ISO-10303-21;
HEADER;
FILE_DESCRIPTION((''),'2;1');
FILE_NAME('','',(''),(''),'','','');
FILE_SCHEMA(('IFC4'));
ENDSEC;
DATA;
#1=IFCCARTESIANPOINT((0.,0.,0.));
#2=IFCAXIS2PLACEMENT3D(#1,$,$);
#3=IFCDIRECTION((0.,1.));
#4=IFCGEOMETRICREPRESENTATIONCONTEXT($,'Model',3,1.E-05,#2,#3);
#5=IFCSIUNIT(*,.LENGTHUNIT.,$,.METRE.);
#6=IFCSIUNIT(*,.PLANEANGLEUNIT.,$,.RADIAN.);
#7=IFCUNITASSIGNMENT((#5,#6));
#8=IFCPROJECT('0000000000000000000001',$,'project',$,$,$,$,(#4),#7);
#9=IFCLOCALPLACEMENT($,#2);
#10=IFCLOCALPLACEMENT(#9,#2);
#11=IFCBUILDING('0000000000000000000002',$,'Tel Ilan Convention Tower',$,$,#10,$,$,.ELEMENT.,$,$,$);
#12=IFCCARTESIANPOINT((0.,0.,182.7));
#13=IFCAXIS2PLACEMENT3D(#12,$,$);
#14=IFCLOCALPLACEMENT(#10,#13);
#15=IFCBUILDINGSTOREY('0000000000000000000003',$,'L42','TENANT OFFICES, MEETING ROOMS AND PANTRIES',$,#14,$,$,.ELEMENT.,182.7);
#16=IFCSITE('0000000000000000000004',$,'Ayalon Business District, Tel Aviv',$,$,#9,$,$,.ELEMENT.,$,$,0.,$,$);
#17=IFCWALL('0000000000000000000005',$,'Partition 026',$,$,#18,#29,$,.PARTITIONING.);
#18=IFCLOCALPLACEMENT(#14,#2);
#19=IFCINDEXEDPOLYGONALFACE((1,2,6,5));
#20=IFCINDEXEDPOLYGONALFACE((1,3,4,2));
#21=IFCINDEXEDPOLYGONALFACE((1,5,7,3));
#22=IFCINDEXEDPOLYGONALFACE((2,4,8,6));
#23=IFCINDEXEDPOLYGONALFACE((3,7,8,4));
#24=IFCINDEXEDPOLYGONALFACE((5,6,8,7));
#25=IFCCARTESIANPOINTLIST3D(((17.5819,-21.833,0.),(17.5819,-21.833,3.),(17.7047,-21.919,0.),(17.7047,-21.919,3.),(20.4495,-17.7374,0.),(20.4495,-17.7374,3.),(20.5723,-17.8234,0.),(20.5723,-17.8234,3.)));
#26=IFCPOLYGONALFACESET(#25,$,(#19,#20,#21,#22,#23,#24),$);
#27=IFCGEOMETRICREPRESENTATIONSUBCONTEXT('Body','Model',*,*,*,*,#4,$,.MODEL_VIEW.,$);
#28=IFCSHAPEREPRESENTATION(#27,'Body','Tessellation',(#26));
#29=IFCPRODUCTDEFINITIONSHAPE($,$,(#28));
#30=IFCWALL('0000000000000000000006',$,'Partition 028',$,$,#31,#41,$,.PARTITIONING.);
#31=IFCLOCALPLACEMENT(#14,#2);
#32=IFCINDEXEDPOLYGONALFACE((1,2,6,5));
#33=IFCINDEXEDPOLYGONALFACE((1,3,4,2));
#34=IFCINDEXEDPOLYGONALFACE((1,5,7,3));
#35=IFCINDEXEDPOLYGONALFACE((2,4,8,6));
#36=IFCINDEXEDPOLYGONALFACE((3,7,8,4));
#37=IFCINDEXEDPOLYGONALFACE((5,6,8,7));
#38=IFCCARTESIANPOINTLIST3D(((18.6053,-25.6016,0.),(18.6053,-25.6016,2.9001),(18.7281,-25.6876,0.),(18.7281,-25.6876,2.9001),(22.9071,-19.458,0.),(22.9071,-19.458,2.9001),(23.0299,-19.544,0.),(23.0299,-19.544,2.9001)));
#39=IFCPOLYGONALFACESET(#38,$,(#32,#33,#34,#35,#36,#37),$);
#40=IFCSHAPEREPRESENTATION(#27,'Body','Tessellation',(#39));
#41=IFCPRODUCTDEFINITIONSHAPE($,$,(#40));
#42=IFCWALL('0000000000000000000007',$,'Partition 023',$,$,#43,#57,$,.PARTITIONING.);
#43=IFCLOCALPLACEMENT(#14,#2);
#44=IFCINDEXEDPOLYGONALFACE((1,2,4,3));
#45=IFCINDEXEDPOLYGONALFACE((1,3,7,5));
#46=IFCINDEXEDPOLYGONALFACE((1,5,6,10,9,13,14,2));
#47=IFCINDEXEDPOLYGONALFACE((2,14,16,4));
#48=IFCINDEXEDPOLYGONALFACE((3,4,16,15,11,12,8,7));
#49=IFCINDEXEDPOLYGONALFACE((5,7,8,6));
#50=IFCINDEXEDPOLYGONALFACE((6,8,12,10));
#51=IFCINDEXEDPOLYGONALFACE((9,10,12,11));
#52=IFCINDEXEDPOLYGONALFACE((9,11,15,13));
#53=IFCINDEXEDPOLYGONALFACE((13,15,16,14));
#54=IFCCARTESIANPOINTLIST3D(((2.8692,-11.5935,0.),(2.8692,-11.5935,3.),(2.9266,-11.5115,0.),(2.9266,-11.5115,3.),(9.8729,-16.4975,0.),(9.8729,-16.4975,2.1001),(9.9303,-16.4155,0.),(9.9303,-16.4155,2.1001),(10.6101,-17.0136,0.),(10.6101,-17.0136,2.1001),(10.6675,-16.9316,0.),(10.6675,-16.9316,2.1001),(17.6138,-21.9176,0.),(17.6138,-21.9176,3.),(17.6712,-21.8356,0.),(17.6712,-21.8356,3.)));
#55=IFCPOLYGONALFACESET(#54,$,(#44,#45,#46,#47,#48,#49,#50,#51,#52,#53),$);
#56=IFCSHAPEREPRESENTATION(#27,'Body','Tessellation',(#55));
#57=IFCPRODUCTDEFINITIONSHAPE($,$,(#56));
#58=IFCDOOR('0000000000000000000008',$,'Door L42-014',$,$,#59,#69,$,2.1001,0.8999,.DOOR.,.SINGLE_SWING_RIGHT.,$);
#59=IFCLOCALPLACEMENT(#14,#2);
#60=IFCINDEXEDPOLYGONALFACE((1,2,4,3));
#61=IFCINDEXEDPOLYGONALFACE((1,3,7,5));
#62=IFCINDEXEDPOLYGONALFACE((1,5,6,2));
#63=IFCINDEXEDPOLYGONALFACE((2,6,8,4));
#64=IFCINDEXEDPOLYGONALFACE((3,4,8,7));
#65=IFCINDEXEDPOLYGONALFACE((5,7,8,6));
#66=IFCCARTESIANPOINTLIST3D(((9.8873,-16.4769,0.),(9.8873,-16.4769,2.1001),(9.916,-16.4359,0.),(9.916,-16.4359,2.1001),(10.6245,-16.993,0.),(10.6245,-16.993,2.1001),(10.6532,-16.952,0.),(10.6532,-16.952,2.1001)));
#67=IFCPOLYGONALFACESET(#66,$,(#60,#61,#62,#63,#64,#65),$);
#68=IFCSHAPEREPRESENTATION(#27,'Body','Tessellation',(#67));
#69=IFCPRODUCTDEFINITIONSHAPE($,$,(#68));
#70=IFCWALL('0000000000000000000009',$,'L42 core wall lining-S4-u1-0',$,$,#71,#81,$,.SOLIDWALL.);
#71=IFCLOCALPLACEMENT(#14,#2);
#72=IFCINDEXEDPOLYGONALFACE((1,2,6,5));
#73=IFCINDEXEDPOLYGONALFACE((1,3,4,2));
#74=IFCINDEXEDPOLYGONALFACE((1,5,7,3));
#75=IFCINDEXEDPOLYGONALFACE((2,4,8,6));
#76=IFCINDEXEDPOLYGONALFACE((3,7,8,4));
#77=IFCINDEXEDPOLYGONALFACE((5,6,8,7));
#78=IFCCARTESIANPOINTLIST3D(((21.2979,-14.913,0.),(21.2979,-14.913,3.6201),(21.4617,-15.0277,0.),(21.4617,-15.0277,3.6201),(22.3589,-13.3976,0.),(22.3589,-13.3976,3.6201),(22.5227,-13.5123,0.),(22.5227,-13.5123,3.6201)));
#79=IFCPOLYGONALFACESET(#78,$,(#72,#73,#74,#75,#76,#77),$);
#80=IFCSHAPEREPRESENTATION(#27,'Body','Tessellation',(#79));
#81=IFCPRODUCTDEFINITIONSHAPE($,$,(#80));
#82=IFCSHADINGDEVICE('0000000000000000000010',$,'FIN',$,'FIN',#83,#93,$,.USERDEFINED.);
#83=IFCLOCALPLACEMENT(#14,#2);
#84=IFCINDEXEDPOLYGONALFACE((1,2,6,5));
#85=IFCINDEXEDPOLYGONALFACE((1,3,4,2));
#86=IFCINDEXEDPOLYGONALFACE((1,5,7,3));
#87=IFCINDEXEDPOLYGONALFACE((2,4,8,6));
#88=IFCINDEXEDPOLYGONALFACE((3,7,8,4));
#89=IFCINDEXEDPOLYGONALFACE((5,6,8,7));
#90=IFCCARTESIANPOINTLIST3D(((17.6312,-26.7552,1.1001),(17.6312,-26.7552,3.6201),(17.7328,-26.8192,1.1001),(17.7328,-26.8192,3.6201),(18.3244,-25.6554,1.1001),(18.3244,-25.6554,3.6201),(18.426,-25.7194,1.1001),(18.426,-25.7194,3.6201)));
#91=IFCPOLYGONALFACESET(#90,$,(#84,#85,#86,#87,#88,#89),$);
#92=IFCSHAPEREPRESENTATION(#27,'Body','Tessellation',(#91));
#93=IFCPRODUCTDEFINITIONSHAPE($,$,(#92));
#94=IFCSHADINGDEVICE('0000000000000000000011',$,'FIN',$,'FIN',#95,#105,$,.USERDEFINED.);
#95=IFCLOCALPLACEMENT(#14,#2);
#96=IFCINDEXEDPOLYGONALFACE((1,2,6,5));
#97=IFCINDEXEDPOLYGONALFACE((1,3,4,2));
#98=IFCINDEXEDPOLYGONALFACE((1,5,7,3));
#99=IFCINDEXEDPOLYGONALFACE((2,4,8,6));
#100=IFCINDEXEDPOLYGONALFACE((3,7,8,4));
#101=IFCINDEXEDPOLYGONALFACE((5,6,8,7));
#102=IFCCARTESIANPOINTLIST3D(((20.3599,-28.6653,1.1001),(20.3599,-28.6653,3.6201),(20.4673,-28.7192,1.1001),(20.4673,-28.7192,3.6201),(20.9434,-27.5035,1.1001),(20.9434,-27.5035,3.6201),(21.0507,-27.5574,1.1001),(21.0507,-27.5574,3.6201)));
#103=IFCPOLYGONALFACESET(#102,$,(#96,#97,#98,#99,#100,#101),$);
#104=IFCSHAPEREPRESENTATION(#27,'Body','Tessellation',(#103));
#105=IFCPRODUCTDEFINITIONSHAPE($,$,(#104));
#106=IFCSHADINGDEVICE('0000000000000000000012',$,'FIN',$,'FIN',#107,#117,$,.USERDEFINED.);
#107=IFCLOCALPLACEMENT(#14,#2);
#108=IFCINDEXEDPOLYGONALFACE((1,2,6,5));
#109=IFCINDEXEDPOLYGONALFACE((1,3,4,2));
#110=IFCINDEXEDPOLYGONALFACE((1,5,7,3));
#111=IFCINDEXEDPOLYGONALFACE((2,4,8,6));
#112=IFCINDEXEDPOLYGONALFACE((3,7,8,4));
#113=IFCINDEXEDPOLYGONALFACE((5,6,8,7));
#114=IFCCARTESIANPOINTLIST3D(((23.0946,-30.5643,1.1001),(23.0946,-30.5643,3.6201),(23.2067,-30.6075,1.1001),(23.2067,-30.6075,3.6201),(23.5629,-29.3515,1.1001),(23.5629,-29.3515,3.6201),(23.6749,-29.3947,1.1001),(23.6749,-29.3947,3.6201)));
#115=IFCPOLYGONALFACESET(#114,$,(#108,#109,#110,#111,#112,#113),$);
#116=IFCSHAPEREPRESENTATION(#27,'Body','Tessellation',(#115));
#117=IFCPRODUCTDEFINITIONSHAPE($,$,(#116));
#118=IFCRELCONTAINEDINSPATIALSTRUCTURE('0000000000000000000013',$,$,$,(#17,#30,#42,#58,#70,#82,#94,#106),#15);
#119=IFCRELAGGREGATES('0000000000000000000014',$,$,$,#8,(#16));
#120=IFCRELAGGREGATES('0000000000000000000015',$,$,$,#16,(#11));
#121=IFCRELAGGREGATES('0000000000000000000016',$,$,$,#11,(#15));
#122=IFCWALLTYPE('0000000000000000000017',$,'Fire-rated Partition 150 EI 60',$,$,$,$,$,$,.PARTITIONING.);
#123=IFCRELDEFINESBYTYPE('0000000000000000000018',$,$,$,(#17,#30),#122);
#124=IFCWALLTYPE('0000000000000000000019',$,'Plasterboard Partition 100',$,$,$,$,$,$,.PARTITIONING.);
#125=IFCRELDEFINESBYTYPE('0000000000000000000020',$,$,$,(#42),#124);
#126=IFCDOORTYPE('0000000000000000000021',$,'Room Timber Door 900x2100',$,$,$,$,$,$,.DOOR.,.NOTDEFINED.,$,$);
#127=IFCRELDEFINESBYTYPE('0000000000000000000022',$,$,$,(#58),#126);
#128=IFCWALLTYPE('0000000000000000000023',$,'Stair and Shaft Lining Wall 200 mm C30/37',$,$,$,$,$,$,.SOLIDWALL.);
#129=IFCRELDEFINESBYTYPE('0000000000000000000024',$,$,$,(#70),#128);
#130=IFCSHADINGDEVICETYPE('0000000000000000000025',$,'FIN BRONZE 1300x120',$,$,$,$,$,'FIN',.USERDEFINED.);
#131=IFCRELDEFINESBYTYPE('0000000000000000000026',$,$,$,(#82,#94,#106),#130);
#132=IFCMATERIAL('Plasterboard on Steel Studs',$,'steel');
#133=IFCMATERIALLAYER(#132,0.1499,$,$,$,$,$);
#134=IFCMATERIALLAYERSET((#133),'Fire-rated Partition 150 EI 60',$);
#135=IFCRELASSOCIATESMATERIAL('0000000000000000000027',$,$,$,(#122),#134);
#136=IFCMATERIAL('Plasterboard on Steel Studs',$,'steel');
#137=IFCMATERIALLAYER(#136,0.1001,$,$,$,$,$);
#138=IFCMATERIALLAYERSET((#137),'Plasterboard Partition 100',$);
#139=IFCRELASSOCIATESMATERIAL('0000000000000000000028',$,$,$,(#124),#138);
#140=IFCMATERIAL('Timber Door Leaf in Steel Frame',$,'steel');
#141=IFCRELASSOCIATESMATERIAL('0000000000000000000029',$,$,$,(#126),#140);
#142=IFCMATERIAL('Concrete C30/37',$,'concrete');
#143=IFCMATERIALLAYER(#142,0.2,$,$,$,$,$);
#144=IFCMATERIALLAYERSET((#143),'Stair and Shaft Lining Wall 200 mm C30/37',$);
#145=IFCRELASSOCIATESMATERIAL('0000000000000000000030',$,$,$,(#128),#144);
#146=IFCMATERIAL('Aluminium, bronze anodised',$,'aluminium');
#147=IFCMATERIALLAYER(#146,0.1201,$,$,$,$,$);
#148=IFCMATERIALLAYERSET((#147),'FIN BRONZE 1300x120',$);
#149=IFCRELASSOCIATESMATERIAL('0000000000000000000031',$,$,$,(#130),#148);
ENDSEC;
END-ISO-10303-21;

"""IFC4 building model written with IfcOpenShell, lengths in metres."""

from ifc_helpers import new_model, si_unit, direction, frame, frame_2d, origin, origin_2d, place, context, subcontext, project, spatial, rectangle, extrude, material, layer, layer_set, type_object, element, fill, save


model = new_model("IFC4")

# Units and contexts
model_context = context("Model", 3, precision=1e-05, world=origin(), true_north=direction((0.0, 1.0)))
body_context = subcontext(model_context, "Body", "Model", "MODEL_VIEW")
ifc_project = project(units=[si_unit("LENGTHUNIT", "METRE"), si_unit("PLANEANGLEUNIT", "RADIAN")], contexts=[model_context])

# Site, building, storey
site_placement = place(None, origin())
site = spatial("IfcSite", under=ifc_project, at=site_placement, Name="Ayalon Business District, Tel Aviv", CompositionType="ELEMENT", RefElevation=0.0)
building_placement = place(site_placement, origin())
building = spatial("IfcBuilding", under=site, at=building_placement, Name="Tel Ilan Convention Tower", CompositionType="ELEMENT")
storey_placement = place(building_placement, frame((0.0, 0.0, 182.7)))
storey = spatial("IfcBuildingStorey", under=building, at=storey_placement, Name="L42", Description="TENANT OFFICES, MEETING ROOMS AND PANTRIES", CompositionType="ELEMENT", Elevation=182.7)

# Shared definitions
ifc_material_1 = material(Name="Plasterboard on Steel Studs", Category="steel")
ifc_layer_1 = layer(ifc_material_1, 0.1499)
ifc_layer_set_1 = layer_set([ifc_layer_1], Name="Fire-rated Partition 150 EI 60")
wall_type_1 = type_object("IfcWallType", Name="Fire-rated Partition 150 EI 60", PredefinedType="PARTITIONING", material=ifc_layer_set_1)

# Walls
wall_1_placement = place(storey_placement, frame((20.511, -17.7803, 0.0), z_axis=(0.0, 0.0, 1.0), x_axis=(-0.573554, -0.819168, 0.0)))
element("IfcWall", 1, at=wall_1_placement, inside=storey, type_object=wall_type_1, Name="Partition 026", PredefinedType="PARTITIONING", context=body_context, shape_type="SweptSolid", body=[
    extrude(rectangle(XDim=4.9998, YDim=0.1499, at=frame_2d((2.5, 0.0))), origin(), (0.0, 0.0, 1.0), 3.0),
])
wall_2_placement = place(storey_placement, frame((22.9685, -19.501, 0.0), z_axis=(0.0, 0.0, 1.0), x_axis=(-0.573576, -0.819152, 0.0)))
element("IfcWall", 2, at=wall_2_placement, inside=storey, type_object=wall_type_1, Name="Partition 028", PredefinedType="PARTITIONING", context=body_context, shape_type="SweptSolid", body=[
    extrude(rectangle(XDim=7.5, YDim=0.1499, at=frame_2d((3.75, 0.0))), origin(), (0.0, 0.0, 1.0), 2.9001),
])

# Wall, opening, door
ifc_material_2 = material(Name="Plasterboard on Steel Studs", Category="steel")
ifc_layer_2 = layer(ifc_material_2, 0.1001)
ifc_layer_set_2 = layer_set([ifc_layer_2], Name="Plasterboard Partition 100")
wall_type_2 = type_object("IfcWallType", Name="Plasterboard Partition 100", PredefinedType="PARTITIONING", material=ifc_layer_set_2)
wall_3_placement = place(storey_placement, frame((17.6426, -21.8767, 0.0), z_axis=(0.0, 0.0, 1.0), x_axis=(-0.819154, 0.573573, 0.0)))
wall_3 = element("IfcWall", 3, at=wall_3_placement, inside=storey, type_object=wall_type_2, Name="Partition 023", PredefinedType="PARTITIONING", context=body_context, shape_type="SweptSolid", body=[
    extrude(rectangle(XDim=17.9998, YDim=0.1001, at=frame_2d((9.0, 0.0))), origin(), (0.0, 0.0, 1.0), 3.0),
])
opening_1_placement = place(wall_3_placement, frame((8.55, 0.0, 0.0)))
opening_1 = element("IfcOpeningElement", 4, at=opening_1_placement, cuts=wall_3, PredefinedType="OPENING", context=body_context, shape_type="SweptSolid", body=[
    extrude(rectangle(XDim=0.8999, YDim=2.1001, at=frame_2d((0.45, 1.05))), frame((0.0, 0.0601, 0.0), z_axis=(0.0, -1.0, 0.0), x_axis=(1.0, 0.0, 0.0)), (0.0, 0.0, 1.0), 0.1201),
])
ifc_material_3 = material(Name="Timber Door Leaf in Steel Frame", Category="steel")
door_type_1 = type_object("IfcDoorType", Name="Room Timber Door 900x2100", OperationType="NOTDEFINED", PredefinedType="DOOR", material=ifc_material_3)
door_1_placement = place(opening_1_placement, origin())
door_1 = element("IfcDoor", 5, at=door_1_placement, inside=storey, type_object=door_type_1, Name="Door L42-014", OperationType="SINGLE_SWING_RIGHT", OverallHeight=2.1001, OverallWidth=0.8999, PredefinedType="DOOR", context=body_context, shape_type="SweptSolid", body=[
    extrude(rectangle(XDim=0.8999, YDim=2.1001, at=frame_2d((0.45, 1.05))), frame((0.0, 0.0249, 0.0), z_axis=(0.0, -1.0, 0.0), x_axis=(1.0, 0.0, 0.0)), (0.0, 0.0, 1.0), 0.05),
])
fill(opening_1, door_1)

# Wall
ifc_material_4 = material(Name="Concrete C30/37", Category="concrete")
ifc_layer_3 = layer(ifc_material_4, 0.2)
ifc_layer_set_3 = layer_set([ifc_layer_3], Name="Stair and Shaft Lining Wall 200 mm C30/37")
wall_type_3 = type_object("IfcWallType", Name="Stair and Shaft Lining Wall 200 mm C30/37", PredefinedType="SOLIDWALL", material=ifc_layer_set_3)
wall_4_placement = place(storey_placement, frame((21.3799, -14.9702, 0.0), z_axis=(0.0, 0.0, 1.0), x_axis=(0.57356, 0.819164, 0.0)))
element("IfcWall", 6, at=wall_4_placement, inside=storey, type_object=wall_type_3, Name="L42 core wall lining-S4-u1-0", PredefinedType="SOLIDWALL", context=body_context, shape_type="SweptSolid", body=[
    extrude(rectangle(XDim=1.8499, YDim=0.2, at=frame_2d((0.9248, 0.0))), origin(), (0.0, 0.0, 1.0), 3.6201),
])

# Shading devices
ifc_material_5 = material(Name="Aluminium, bronze anodised", Category="aluminium")
ifc_layer_4 = layer(ifc_material_5, 0.1201)
ifc_layer_set_4 = layer_set([ifc_layer_4], Name="FIN BRONZE 1300x120")
shading_device_type = type_object("IfcShadingDeviceType", Name="FIN BRONZE 1300x120", ElementType="FIN", PredefinedType="USERDEFINED", material=ifc_layer_set_4)
for number, where, z_axis, x_axis, name in (
    (7, (18.0286, -26.2373, 1.1001), (0.0, 0.0, 1.0), (-0.533204, -0.845986, 0.0), "FIN"),
    (8, (20.7053, -28.1113, 1.1001), (0.0, 0.0, 1.0), (-0.448799, -0.893633, 0.0), "FIN"),
    (9, (23.3848, -29.9795, 1.1001), (0.0, 0.0, 1.0), (-0.360178, -0.932884, 0.0), "FIN"),
):
    element("IfcShadingDevice", number, at=place(storey_placement, frame(where, z_axis=z_axis, x_axis=x_axis)), inside=storey, type_object=shading_device_type, Name=name, ObjectType="FIN", PredefinedType="USERDEFINED", context=body_context, shape_type="SweptSolid", body=[
        extrude(rectangle(XDim=1.3, YDim=0.1201, at=origin_2d()), origin(), (0.0, 0.0, 1.0), 2.52),
    ])

save(model, "model.ifc")
